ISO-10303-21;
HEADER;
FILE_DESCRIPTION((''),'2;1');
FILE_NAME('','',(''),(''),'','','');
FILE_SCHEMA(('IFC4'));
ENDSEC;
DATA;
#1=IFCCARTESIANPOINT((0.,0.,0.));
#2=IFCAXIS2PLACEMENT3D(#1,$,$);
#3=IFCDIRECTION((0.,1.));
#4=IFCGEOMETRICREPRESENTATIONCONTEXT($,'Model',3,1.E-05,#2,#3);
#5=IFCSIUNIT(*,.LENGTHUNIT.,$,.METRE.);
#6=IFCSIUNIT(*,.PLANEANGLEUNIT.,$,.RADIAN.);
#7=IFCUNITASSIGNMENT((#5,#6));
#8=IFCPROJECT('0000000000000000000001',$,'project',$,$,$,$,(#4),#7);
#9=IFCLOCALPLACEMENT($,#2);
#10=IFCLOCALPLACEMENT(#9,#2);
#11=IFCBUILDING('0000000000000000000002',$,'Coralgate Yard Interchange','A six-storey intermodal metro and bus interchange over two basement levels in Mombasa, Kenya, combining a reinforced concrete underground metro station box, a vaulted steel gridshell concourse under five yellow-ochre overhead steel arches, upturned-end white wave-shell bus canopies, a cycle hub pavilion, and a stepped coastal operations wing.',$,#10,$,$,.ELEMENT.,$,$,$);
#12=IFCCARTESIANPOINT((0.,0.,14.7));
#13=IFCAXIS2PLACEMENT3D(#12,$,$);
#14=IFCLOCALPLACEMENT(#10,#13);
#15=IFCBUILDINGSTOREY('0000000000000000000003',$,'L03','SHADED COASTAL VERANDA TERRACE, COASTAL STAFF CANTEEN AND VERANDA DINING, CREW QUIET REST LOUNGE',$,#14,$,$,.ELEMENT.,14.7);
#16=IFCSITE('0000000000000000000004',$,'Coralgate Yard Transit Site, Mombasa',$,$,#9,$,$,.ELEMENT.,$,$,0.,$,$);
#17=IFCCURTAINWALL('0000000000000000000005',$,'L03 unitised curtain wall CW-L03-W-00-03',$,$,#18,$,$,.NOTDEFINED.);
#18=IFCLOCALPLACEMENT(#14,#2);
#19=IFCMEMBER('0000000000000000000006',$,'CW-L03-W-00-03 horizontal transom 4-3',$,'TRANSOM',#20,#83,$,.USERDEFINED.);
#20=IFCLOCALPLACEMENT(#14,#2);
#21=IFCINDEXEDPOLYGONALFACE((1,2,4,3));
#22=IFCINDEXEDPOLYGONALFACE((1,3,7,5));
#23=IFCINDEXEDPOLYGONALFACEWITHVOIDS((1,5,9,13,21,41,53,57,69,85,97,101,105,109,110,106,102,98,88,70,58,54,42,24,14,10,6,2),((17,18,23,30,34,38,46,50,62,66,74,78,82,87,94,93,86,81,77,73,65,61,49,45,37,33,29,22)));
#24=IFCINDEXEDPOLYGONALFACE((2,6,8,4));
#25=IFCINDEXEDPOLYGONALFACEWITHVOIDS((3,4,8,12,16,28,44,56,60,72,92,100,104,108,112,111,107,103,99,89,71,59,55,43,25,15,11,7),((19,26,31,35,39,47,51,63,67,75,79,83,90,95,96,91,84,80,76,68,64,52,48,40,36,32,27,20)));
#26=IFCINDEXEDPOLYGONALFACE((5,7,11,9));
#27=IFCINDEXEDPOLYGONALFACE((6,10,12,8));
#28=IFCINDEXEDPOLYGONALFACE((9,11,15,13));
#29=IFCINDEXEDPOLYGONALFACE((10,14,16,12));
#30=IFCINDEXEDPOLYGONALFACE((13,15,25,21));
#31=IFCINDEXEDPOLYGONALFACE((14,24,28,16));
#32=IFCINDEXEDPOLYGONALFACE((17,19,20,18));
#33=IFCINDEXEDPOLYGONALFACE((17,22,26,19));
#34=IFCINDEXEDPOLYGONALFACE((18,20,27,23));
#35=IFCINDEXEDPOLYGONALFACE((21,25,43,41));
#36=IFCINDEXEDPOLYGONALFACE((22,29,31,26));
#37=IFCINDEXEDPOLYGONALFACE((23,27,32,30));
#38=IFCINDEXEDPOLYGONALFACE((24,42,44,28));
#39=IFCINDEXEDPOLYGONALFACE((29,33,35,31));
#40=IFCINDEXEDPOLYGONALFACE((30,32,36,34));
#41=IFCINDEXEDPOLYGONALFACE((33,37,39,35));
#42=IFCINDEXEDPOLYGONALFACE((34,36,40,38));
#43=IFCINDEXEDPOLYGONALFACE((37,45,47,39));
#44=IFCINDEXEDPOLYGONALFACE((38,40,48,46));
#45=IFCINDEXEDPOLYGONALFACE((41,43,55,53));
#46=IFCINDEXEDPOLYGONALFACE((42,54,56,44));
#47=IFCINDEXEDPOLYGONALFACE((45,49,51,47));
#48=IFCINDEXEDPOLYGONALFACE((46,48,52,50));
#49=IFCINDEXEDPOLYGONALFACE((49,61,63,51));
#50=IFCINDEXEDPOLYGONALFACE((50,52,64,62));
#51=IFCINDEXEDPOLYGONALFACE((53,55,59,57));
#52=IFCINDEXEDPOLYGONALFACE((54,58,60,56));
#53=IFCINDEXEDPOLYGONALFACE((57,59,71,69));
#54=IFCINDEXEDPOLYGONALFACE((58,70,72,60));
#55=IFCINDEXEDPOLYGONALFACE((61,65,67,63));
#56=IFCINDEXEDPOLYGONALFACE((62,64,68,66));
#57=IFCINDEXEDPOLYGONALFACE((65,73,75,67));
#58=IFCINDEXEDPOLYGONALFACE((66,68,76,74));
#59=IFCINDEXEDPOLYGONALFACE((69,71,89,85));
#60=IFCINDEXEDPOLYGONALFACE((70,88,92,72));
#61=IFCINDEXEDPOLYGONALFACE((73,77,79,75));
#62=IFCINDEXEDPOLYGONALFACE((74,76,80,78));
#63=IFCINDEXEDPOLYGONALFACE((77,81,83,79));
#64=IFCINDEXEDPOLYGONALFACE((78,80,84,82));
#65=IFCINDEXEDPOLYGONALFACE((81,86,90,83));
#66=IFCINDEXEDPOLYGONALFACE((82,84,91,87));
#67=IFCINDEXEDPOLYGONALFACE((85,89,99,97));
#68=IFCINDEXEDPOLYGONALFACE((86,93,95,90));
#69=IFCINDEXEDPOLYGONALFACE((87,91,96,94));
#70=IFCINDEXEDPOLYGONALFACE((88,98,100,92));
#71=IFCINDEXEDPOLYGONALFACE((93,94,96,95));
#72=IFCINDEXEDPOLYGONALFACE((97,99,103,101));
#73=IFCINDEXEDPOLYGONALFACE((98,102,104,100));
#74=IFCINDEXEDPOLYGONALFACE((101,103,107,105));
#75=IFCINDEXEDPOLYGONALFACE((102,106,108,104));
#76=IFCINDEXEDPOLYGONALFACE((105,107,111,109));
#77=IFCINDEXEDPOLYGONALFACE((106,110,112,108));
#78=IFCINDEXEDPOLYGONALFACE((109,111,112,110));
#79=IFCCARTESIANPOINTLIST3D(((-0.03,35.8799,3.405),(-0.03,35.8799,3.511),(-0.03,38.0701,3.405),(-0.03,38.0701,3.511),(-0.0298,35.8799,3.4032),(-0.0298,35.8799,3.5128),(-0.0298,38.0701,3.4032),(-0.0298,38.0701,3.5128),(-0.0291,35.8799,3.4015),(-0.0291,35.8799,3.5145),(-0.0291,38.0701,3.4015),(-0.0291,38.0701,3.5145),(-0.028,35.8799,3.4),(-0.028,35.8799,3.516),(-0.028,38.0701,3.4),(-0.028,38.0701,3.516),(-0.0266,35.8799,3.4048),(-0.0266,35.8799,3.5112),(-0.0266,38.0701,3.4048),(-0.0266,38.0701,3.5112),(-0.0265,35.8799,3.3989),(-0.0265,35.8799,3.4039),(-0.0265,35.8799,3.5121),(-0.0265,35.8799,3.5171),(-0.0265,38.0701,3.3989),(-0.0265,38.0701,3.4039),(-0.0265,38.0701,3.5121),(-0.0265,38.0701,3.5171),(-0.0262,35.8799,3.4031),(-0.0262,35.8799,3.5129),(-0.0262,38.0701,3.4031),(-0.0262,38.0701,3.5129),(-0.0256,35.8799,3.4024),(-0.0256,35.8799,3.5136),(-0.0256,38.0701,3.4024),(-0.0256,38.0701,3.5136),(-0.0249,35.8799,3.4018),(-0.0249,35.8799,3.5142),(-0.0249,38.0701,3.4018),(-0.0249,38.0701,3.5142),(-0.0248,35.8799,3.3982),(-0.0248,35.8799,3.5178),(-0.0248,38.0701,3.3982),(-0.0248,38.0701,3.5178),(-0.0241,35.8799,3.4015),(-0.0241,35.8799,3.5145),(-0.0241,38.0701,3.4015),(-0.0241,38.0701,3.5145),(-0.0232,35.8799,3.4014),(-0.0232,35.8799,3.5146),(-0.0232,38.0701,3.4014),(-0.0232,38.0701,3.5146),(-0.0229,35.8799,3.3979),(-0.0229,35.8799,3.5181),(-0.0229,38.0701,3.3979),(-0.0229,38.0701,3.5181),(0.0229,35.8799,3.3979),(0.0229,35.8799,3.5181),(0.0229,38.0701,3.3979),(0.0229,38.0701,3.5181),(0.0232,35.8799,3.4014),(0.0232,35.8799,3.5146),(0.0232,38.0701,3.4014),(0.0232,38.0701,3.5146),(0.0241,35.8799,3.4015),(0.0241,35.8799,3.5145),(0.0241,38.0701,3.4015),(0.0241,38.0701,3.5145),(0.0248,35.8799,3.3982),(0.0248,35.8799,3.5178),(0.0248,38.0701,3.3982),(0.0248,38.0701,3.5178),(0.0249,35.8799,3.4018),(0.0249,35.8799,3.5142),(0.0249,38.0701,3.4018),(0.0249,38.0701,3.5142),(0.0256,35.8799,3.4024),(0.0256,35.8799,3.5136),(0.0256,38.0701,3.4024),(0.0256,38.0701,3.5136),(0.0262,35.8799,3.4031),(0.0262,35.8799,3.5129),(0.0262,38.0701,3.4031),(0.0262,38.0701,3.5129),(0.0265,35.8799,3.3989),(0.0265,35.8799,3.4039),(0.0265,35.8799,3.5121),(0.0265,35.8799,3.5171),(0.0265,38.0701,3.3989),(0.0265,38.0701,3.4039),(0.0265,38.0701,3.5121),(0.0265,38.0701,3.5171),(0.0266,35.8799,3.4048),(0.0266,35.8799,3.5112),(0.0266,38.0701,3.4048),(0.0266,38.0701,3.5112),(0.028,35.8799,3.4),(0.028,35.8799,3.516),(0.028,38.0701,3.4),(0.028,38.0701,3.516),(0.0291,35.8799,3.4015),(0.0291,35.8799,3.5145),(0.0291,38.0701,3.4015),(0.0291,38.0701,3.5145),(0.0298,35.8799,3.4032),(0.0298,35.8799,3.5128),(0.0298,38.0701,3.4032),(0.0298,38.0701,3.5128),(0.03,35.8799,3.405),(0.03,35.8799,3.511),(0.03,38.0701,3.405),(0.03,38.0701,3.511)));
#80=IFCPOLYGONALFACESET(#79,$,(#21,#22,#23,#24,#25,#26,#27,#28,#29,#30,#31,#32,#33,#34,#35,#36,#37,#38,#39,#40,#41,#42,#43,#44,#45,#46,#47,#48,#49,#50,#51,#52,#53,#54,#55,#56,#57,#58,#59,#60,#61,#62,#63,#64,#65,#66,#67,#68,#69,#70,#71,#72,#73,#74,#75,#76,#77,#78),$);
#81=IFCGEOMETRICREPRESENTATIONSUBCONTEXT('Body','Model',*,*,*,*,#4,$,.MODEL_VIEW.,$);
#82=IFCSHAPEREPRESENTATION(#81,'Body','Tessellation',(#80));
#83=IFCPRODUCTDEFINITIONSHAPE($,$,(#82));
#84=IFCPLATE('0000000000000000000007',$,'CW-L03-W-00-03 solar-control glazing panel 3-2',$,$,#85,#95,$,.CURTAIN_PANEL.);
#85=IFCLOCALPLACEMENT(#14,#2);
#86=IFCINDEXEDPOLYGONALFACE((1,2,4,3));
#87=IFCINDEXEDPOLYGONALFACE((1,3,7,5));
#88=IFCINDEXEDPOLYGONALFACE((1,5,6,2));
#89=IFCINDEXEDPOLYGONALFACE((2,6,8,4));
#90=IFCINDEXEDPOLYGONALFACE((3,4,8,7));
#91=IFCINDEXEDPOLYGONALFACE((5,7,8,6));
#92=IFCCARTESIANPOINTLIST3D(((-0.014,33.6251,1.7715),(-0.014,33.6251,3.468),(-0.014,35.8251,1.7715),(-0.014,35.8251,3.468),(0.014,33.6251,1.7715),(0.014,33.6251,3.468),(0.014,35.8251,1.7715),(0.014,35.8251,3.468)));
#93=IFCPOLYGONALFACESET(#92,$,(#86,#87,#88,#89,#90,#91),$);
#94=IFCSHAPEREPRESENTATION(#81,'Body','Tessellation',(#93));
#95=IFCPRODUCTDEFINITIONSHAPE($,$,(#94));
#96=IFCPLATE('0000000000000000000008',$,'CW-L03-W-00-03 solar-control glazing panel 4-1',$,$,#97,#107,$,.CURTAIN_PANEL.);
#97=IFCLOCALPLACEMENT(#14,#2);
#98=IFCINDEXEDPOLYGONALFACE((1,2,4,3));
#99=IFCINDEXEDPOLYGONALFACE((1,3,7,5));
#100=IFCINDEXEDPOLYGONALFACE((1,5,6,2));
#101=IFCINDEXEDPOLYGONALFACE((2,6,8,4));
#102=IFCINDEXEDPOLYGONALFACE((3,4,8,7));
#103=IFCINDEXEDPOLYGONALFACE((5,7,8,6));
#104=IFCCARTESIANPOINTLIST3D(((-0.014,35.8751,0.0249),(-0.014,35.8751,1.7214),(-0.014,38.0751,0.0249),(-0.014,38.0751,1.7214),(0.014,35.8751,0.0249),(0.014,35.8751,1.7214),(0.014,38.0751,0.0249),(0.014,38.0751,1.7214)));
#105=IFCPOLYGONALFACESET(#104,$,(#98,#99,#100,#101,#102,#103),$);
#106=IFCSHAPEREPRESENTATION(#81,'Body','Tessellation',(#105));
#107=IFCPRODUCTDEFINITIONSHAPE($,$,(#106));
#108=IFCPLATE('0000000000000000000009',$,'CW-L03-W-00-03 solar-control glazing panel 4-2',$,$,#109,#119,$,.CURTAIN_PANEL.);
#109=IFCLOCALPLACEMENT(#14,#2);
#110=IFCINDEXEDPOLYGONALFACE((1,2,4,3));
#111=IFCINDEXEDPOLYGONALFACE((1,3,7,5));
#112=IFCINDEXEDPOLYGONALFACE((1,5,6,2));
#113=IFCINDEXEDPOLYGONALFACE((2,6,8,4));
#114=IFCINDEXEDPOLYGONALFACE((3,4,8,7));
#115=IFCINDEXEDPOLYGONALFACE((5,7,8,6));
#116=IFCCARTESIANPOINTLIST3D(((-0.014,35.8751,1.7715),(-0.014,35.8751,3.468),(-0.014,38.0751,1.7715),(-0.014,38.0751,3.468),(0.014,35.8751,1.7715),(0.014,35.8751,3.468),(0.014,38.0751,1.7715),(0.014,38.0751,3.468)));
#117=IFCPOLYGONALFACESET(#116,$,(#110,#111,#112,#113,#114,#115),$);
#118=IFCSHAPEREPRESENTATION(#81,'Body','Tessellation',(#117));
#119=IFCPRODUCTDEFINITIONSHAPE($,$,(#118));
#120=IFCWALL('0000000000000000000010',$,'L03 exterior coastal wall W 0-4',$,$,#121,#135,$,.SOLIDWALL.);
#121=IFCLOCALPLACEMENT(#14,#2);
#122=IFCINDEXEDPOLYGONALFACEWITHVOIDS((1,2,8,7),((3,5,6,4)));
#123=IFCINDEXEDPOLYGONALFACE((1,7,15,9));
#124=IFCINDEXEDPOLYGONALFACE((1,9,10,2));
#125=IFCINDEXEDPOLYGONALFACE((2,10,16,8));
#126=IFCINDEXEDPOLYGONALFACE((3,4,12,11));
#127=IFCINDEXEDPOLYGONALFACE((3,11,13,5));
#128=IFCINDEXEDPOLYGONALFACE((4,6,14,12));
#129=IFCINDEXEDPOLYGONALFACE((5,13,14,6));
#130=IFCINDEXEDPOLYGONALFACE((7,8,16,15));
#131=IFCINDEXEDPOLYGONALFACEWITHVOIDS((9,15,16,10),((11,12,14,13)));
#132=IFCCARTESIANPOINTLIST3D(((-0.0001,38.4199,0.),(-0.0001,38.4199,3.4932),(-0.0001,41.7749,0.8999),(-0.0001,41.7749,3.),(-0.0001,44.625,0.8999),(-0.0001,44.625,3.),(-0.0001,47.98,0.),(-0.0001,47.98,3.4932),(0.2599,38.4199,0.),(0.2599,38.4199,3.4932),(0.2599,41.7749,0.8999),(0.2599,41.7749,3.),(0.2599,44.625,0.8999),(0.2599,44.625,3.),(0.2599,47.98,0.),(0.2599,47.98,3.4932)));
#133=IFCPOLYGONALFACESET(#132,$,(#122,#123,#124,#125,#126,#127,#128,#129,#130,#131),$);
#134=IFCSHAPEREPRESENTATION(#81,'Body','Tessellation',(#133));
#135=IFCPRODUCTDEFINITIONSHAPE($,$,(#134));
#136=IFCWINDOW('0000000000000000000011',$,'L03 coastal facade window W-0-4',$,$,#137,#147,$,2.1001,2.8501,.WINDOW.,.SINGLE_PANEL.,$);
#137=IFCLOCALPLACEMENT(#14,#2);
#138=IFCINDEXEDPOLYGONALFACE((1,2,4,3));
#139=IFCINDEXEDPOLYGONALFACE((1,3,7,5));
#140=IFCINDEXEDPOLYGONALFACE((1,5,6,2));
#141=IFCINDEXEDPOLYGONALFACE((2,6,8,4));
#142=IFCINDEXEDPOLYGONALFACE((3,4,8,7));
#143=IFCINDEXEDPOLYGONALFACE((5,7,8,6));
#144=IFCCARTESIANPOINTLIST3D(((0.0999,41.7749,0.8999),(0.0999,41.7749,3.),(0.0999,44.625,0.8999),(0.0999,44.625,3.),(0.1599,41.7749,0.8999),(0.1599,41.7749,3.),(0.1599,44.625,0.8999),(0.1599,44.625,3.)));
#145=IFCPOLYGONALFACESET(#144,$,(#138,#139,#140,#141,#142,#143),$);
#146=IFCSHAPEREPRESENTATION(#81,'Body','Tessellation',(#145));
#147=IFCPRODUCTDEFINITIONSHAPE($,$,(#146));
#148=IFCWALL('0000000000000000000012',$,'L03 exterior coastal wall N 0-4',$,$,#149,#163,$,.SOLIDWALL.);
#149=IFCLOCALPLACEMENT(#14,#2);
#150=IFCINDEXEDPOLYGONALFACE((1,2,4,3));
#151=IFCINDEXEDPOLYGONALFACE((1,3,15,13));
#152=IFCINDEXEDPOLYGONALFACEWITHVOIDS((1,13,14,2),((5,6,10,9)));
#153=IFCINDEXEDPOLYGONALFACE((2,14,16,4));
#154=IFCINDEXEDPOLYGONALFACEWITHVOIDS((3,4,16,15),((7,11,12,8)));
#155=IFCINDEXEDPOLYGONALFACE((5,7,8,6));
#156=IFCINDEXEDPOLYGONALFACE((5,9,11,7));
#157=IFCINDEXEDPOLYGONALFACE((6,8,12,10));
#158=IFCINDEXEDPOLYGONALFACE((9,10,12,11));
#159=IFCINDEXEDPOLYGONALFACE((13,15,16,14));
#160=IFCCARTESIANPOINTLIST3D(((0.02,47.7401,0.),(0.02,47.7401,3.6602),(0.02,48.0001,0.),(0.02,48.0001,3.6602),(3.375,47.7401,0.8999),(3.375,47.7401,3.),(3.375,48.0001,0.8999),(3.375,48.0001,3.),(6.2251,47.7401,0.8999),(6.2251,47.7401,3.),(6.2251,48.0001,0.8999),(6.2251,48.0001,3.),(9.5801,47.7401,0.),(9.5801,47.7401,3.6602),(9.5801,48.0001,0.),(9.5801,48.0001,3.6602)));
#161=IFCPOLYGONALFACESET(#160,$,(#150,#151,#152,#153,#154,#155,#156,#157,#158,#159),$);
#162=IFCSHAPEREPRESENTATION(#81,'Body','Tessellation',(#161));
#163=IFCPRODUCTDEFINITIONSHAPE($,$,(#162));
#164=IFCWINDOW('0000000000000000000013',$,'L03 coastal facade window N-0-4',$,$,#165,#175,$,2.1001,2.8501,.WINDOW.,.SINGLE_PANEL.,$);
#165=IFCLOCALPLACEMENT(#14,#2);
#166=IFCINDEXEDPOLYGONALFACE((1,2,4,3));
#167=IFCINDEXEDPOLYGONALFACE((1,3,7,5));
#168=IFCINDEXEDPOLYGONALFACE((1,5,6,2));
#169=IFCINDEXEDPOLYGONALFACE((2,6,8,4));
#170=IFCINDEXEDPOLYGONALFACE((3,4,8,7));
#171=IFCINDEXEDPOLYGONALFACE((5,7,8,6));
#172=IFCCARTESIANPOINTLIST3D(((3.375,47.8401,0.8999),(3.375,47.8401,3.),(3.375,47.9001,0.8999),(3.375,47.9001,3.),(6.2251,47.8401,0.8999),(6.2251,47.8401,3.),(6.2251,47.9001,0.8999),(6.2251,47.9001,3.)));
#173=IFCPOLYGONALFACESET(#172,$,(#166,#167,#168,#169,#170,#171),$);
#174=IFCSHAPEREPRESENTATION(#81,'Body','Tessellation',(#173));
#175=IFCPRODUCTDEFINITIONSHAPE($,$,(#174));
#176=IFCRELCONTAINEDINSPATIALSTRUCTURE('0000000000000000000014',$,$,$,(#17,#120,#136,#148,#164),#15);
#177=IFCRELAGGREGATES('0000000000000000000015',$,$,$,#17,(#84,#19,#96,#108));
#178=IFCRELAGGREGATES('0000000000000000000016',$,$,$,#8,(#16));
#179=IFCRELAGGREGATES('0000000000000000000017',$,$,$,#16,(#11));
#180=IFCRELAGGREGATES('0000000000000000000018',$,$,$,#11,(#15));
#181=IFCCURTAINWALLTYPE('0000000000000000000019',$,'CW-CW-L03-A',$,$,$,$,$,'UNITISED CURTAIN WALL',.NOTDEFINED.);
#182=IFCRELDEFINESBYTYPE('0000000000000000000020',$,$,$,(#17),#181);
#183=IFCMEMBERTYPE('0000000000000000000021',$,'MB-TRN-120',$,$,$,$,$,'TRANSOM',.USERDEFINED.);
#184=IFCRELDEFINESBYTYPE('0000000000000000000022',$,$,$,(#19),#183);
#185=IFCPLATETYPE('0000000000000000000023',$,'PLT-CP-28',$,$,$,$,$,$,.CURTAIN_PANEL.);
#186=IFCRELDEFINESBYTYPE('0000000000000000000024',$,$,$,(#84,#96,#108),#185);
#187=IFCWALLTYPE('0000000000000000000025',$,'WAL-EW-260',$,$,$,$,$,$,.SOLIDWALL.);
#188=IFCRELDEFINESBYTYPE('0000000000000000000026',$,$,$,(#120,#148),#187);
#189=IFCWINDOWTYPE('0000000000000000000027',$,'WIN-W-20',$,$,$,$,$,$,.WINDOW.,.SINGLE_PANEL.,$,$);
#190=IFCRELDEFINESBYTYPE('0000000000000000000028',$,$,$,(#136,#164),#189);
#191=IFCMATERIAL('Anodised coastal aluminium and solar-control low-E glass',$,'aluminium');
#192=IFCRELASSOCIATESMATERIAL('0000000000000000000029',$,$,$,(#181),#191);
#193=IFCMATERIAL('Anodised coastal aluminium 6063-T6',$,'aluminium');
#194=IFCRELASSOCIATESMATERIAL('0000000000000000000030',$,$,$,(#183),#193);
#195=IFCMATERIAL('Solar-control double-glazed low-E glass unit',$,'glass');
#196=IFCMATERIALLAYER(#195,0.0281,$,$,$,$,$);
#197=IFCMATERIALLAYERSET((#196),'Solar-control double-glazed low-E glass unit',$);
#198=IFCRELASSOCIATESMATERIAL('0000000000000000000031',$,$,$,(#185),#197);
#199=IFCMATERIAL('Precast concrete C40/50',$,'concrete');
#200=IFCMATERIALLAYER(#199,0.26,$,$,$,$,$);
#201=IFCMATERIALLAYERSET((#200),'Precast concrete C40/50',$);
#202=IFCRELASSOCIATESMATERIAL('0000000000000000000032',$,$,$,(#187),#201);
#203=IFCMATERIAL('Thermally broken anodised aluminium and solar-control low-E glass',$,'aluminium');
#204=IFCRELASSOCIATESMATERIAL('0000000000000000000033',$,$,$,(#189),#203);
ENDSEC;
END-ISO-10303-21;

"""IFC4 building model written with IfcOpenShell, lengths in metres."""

from ifc_helpers import new_model, si_unit, direction, frame, frame_2d, origin, origin_2d, place, context, subcontext, project, spatial, rectangle, hollow_rectangle, extrude, material, layer, layer_set, material_profile, profile_set, type_object, element, fill, aggregate, save


model = new_model("IFC4")

# Units and contexts
model_context = context("Model", 3, precision=1e-05, world=origin(), true_north=direction((0.0, 1.0)))
body_context = subcontext(model_context, "Body", "Model", "MODEL_VIEW")
ifc_project = project(units=[si_unit("LENGTHUNIT", "METRE"), si_unit("PLANEANGLEUNIT", "RADIAN")], contexts=[model_context])

# Site, building, storey
site_placement = place(None, origin())
site = spatial("IfcSite", under=ifc_project, at=site_placement, Name="Coralgate Yard Transit Site, Mombasa", CompositionType="ELEMENT", RefElevation=0.0)
building_placement = place(site_placement, origin())
building = spatial("IfcBuilding", under=site, at=building_placement, Name="Coralgate Yard Interchange", Description="A six-storey intermodal metro and bus interchange over two basement levels in Mombasa, Kenya, combining a reinforced concrete underground metro station box, a vaulted steel gridshell concourse under five yellow-ochre overhead steel arches, upturned-end white wave-shell bus canopies, a cycle hub pavilion, and a stepped coastal operations wing.", CompositionType="ELEMENT")
storey_placement = place(building_placement, frame((0.0, 0.0, 14.7)))
storey = spatial("IfcBuildingStorey", under=building, at=storey_placement, Name="L03", Description="SHADED COASTAL VERANDA TERRACE, COASTAL STAFF CANTEEN AND VERANDA DINING, CREW QUIET REST LOUNGE", CompositionType="ELEMENT", Elevation=14.7)

# Curtain wall, member, plates
ifc_material_1 = material(Name="Anodised coastal aluminium and solar-control low-E glass", Category="aluminium")
curtain_wall_type = type_object("IfcCurtainWallType", Name="CW-CW-L03-A", ElementType="UNITISED CURTAIN WALL", PredefinedType="NOTDEFINED", material=ifc_material_1)
curtain_wall_placement = place(storey_placement, origin())
curtain_wall = element("IfcCurtainWall", 1, at=curtain_wall_placement, inside=storey, type_object=curtain_wall_type, Name="L03 unitised curtain wall CW-L03-W-00-03", PredefinedType="NOTDEFINED")
ifc_material_2 = material(Name="Anodised coastal aluminium 6063-T6", Category="aluminium")
ifc_material_profile_1 = material_profile(ifc_material_2, hollow_rectangle(XDim=0.0601, YDim=0.1201, WallThickness=0.0034, InnerFilletRadius=0.0034, OuterFilletRadius=0.0071, at=origin_2d()), Name="ALU 60x120x3.5")
ifc_profile_set_1 = profile_set([ifc_material_profile_1], Name="Anodised coastal aluminium 6063-T6")
member_type_1 = type_object("IfcMemberType", Name="MB-TRN-120", ElementType="TRANSOM", PredefinedType="USERDEFINED", material=ifc_profile_set_1)
member_1_placement = place(storey_placement, frame((0.0, 35.8799, 3.458), z_axis=(0.0, 1.0, 0.0), x_axis=(-1.0, 0.0, 0.0)))
member_1 = element("IfcMember", 2, at=member_1_placement, type_object=member_type_1, Name="CW-L03-W-00-03 horizontal transom 4-3", ObjectType="TRANSOM", PredefinedType="USERDEFINED", context=body_context, shape_type="SweptSolid", body=[
    extrude(hollow_rectangle(XDim=0.0601, YDim=0.1201, WallThickness=0.0034, InnerFilletRadius=0.0034, OuterFilletRadius=0.0071, at=origin_2d()), origin(), (0.0, 0.0, 1.0), 2.1902),
])
ifc_material_3 = material(Name="Solar-control double-glazed low-E glass unit", Category="glass")
ifc_layer_1 = layer(ifc_material_3, 0.0281)
ifc_layer_set_1 = layer_set([ifc_layer_1], Name="Solar-control double-glazed low-E glass unit")
plate_type = type_object("IfcPlateType", Name="PLT-CP-28", PredefinedType="CURTAIN_PANEL", material=ifc_layer_set_1)
plate_1_placement = place(storey_placement, frame((0.0, 34.7251, 1.7715), z_axis=(0.0, 0.0, 1.0), x_axis=(0.0, 1.0, 0.0)))
plate_1 = element("IfcPlate", 3, at=plate_1_placement, type_object=plate_type, Name="CW-L03-W-00-03 solar-control glazing panel 3-2", PredefinedType="CURTAIN_PANEL", context=body_context, shape_type="SweptSolid", body=[
    extrude(rectangle(XDim=2.2, YDim=0.0281, at=origin_2d()), origin(), (0.0, 0.0, 1.0), 1.6965),
])
plate_2_placement = place(storey_placement, frame((0.0, 36.9751, 0.0249), z_axis=(0.0, 0.0, 1.0), x_axis=(0.0, 1.0, 0.0)))
plate_2 = element("IfcPlate", 4, at=plate_2_placement, type_object=plate_type, Name="CW-L03-W-00-03 solar-control glazing panel 4-1", PredefinedType="CURTAIN_PANEL", context=body_context, shape_type="SweptSolid", body=[
    extrude(rectangle(XDim=2.2, YDim=0.0281, at=origin_2d()), origin(), (0.0, 0.0, 1.0), 1.6965),
])
plate_3_placement = place(storey_placement, frame((0.0, 36.9751, 1.7715), z_axis=(0.0, 0.0, 1.0), x_axis=(0.0, 1.0, 0.0)))
plate_3 = element("IfcPlate", 5, at=plate_3_placement, type_object=plate_type, Name="CW-L03-W-00-03 solar-control glazing panel 4-2", PredefinedType="CURTAIN_PANEL", context=body_context, shape_type="SweptSolid", body=[
    extrude(rectangle(XDim=2.2, YDim=0.0281, at=origin_2d()), origin(), (0.0, 0.0, 1.0), 1.6965),
])
aggregate(curtain_wall, [plate_1, member_1, plate_2, plate_3])

# Walls, openings, windows
ifc_material_4 = material(Name="Precast concrete C40/50", Category="concrete")
ifc_layer_2 = layer(ifc_material_4, 0.26)
ifc_layer_set_2 = layer_set([ifc_layer_2], Name="Precast concrete C40/50")
wall_type_1 = type_object("IfcWallType", Name="WAL-EW-260", PredefinedType="SOLIDWALL", material=ifc_layer_set_2)
wall_1_placement = place(storey_placement, frame((0.1299, 38.4199, 0.0), z_axis=(0.0, 0.0, 1.0), x_axis=(0.0, 1.0, 0.0)))
wall_1 = element("IfcWall", 6, at=wall_1_placement, inside=storey, type_object=wall_type_1, Name="L03 exterior coastal wall W 0-4", PredefinedType="SOLIDWALL", context=body_context, shape_type="SweptSolid", body=[
    extrude(rectangle(XDim=9.5601, YDim=0.26, at=frame_2d((4.78, 0.0))), origin(), (0.0, 0.0, 1.0), 3.4932),
])
opening_1_placement = place(wall_1_placement, frame((3.355, 0.0, 0.8999)))
opening_1 = element("IfcOpeningElement", 7, at=opening_1_placement, cuts=wall_1, PredefinedType="OPENING", context=body_context, shape_type="SweptSolid", body=[
    extrude(rectangle(XDim=2.8501, YDim=2.1001, at=frame_2d((1.425, 1.05))), frame((0.0, 0.1399, 0.0), z_axis=(0.0, -1.0, 0.0), x_axis=(1.0, 0.0, 0.0)), (0.0, 0.0, 1.0), 0.28),
])
ifc_material_5 = material(Name="Thermally broken anodised aluminium and solar-control low-E glass", Category="aluminium")
window_type = type_object("IfcWindowType", Name="WIN-W-20", PartitioningType="SINGLE_PANEL", PredefinedType="WINDOW", material=ifc_material_5)
window_1_placement = place(opening_1_placement, origin())
window_1 = element("IfcWindow", 8, at=window_1_placement, inside=storey, type_object=window_type, Name="L03 coastal facade window W-0-4", OverallHeight=2.1001, OverallWidth=2.8501, PartitioningType="SINGLE_PANEL", PredefinedType="WINDOW", context=body_context, shape_type="SweptSolid", body=[
    extrude(rectangle(XDim=2.8501, YDim=2.1001, at=frame_2d((1.425, 1.05))), frame((0.0, 0.03, 0.0), z_axis=(0.0, -1.0, 0.0), x_axis=(1.0, 0.0, 0.0)), (0.0, 0.0, 1.0), 0.0601),
])
fill(opening_1, window_1)
wall_2_placement = place(storey_placement, frame((0.02, 47.8701, 0.0), z_axis=(0.0, 0.0, 1.0), x_axis=(1.0, 0.0, 0.0)))
wall_2 = element("IfcWall", 9, at=wall_2_placement, inside=storey, type_object=wall_type_1, Name="L03 exterior coastal wall N 0-4", PredefinedType="SOLIDWALL", context=body_context, shape_type="SweptSolid", body=[
    extrude(rectangle(XDim=9.5601, YDim=0.26, at=frame_2d((4.78, 0.0))), origin(), (0.0, 0.0, 1.0), 3.6602),
])
opening_2_placement = place(wall_2_placement, frame((3.355, 0.0, 0.8999)))
opening_2 = element("IfcOpeningElement", 10, at=opening_2_placement, cuts=wall_2, PredefinedType="OPENING", context=body_context, shape_type="SweptSolid", body=[
    extrude(rectangle(XDim=2.8501, YDim=2.1001, at=frame_2d((1.425, 1.05))), frame((0.0, 0.1399, 0.0), z_axis=(0.0, -1.0, 0.0), x_axis=(1.0, 0.0, 0.0)), (0.0, 0.0, 1.0), 0.28),
])
window_2_placement = place(opening_2_placement, origin())
window_2 = element("IfcWindow", 11, at=window_2_placement, inside=storey, type_object=window_type, Name="L03 coastal facade window N-0-4", OverallHeight=2.1001, OverallWidth=2.8501, PartitioningType="SINGLE_PANEL", PredefinedType="WINDOW", context=body_context, shape_type="SweptSolid", body=[
    extrude(rectangle(XDim=2.8501, YDim=2.1001, at=frame_2d((1.425, 1.05))), frame((0.0, 0.03, 0.0), z_axis=(0.0, -1.0, 0.0), x_axis=(1.0, 0.0, 0.0)), (0.0, 0.0, 1.0), 0.0601),
])
fill(opening_2, window_2)

save(model, "model.ifc")
